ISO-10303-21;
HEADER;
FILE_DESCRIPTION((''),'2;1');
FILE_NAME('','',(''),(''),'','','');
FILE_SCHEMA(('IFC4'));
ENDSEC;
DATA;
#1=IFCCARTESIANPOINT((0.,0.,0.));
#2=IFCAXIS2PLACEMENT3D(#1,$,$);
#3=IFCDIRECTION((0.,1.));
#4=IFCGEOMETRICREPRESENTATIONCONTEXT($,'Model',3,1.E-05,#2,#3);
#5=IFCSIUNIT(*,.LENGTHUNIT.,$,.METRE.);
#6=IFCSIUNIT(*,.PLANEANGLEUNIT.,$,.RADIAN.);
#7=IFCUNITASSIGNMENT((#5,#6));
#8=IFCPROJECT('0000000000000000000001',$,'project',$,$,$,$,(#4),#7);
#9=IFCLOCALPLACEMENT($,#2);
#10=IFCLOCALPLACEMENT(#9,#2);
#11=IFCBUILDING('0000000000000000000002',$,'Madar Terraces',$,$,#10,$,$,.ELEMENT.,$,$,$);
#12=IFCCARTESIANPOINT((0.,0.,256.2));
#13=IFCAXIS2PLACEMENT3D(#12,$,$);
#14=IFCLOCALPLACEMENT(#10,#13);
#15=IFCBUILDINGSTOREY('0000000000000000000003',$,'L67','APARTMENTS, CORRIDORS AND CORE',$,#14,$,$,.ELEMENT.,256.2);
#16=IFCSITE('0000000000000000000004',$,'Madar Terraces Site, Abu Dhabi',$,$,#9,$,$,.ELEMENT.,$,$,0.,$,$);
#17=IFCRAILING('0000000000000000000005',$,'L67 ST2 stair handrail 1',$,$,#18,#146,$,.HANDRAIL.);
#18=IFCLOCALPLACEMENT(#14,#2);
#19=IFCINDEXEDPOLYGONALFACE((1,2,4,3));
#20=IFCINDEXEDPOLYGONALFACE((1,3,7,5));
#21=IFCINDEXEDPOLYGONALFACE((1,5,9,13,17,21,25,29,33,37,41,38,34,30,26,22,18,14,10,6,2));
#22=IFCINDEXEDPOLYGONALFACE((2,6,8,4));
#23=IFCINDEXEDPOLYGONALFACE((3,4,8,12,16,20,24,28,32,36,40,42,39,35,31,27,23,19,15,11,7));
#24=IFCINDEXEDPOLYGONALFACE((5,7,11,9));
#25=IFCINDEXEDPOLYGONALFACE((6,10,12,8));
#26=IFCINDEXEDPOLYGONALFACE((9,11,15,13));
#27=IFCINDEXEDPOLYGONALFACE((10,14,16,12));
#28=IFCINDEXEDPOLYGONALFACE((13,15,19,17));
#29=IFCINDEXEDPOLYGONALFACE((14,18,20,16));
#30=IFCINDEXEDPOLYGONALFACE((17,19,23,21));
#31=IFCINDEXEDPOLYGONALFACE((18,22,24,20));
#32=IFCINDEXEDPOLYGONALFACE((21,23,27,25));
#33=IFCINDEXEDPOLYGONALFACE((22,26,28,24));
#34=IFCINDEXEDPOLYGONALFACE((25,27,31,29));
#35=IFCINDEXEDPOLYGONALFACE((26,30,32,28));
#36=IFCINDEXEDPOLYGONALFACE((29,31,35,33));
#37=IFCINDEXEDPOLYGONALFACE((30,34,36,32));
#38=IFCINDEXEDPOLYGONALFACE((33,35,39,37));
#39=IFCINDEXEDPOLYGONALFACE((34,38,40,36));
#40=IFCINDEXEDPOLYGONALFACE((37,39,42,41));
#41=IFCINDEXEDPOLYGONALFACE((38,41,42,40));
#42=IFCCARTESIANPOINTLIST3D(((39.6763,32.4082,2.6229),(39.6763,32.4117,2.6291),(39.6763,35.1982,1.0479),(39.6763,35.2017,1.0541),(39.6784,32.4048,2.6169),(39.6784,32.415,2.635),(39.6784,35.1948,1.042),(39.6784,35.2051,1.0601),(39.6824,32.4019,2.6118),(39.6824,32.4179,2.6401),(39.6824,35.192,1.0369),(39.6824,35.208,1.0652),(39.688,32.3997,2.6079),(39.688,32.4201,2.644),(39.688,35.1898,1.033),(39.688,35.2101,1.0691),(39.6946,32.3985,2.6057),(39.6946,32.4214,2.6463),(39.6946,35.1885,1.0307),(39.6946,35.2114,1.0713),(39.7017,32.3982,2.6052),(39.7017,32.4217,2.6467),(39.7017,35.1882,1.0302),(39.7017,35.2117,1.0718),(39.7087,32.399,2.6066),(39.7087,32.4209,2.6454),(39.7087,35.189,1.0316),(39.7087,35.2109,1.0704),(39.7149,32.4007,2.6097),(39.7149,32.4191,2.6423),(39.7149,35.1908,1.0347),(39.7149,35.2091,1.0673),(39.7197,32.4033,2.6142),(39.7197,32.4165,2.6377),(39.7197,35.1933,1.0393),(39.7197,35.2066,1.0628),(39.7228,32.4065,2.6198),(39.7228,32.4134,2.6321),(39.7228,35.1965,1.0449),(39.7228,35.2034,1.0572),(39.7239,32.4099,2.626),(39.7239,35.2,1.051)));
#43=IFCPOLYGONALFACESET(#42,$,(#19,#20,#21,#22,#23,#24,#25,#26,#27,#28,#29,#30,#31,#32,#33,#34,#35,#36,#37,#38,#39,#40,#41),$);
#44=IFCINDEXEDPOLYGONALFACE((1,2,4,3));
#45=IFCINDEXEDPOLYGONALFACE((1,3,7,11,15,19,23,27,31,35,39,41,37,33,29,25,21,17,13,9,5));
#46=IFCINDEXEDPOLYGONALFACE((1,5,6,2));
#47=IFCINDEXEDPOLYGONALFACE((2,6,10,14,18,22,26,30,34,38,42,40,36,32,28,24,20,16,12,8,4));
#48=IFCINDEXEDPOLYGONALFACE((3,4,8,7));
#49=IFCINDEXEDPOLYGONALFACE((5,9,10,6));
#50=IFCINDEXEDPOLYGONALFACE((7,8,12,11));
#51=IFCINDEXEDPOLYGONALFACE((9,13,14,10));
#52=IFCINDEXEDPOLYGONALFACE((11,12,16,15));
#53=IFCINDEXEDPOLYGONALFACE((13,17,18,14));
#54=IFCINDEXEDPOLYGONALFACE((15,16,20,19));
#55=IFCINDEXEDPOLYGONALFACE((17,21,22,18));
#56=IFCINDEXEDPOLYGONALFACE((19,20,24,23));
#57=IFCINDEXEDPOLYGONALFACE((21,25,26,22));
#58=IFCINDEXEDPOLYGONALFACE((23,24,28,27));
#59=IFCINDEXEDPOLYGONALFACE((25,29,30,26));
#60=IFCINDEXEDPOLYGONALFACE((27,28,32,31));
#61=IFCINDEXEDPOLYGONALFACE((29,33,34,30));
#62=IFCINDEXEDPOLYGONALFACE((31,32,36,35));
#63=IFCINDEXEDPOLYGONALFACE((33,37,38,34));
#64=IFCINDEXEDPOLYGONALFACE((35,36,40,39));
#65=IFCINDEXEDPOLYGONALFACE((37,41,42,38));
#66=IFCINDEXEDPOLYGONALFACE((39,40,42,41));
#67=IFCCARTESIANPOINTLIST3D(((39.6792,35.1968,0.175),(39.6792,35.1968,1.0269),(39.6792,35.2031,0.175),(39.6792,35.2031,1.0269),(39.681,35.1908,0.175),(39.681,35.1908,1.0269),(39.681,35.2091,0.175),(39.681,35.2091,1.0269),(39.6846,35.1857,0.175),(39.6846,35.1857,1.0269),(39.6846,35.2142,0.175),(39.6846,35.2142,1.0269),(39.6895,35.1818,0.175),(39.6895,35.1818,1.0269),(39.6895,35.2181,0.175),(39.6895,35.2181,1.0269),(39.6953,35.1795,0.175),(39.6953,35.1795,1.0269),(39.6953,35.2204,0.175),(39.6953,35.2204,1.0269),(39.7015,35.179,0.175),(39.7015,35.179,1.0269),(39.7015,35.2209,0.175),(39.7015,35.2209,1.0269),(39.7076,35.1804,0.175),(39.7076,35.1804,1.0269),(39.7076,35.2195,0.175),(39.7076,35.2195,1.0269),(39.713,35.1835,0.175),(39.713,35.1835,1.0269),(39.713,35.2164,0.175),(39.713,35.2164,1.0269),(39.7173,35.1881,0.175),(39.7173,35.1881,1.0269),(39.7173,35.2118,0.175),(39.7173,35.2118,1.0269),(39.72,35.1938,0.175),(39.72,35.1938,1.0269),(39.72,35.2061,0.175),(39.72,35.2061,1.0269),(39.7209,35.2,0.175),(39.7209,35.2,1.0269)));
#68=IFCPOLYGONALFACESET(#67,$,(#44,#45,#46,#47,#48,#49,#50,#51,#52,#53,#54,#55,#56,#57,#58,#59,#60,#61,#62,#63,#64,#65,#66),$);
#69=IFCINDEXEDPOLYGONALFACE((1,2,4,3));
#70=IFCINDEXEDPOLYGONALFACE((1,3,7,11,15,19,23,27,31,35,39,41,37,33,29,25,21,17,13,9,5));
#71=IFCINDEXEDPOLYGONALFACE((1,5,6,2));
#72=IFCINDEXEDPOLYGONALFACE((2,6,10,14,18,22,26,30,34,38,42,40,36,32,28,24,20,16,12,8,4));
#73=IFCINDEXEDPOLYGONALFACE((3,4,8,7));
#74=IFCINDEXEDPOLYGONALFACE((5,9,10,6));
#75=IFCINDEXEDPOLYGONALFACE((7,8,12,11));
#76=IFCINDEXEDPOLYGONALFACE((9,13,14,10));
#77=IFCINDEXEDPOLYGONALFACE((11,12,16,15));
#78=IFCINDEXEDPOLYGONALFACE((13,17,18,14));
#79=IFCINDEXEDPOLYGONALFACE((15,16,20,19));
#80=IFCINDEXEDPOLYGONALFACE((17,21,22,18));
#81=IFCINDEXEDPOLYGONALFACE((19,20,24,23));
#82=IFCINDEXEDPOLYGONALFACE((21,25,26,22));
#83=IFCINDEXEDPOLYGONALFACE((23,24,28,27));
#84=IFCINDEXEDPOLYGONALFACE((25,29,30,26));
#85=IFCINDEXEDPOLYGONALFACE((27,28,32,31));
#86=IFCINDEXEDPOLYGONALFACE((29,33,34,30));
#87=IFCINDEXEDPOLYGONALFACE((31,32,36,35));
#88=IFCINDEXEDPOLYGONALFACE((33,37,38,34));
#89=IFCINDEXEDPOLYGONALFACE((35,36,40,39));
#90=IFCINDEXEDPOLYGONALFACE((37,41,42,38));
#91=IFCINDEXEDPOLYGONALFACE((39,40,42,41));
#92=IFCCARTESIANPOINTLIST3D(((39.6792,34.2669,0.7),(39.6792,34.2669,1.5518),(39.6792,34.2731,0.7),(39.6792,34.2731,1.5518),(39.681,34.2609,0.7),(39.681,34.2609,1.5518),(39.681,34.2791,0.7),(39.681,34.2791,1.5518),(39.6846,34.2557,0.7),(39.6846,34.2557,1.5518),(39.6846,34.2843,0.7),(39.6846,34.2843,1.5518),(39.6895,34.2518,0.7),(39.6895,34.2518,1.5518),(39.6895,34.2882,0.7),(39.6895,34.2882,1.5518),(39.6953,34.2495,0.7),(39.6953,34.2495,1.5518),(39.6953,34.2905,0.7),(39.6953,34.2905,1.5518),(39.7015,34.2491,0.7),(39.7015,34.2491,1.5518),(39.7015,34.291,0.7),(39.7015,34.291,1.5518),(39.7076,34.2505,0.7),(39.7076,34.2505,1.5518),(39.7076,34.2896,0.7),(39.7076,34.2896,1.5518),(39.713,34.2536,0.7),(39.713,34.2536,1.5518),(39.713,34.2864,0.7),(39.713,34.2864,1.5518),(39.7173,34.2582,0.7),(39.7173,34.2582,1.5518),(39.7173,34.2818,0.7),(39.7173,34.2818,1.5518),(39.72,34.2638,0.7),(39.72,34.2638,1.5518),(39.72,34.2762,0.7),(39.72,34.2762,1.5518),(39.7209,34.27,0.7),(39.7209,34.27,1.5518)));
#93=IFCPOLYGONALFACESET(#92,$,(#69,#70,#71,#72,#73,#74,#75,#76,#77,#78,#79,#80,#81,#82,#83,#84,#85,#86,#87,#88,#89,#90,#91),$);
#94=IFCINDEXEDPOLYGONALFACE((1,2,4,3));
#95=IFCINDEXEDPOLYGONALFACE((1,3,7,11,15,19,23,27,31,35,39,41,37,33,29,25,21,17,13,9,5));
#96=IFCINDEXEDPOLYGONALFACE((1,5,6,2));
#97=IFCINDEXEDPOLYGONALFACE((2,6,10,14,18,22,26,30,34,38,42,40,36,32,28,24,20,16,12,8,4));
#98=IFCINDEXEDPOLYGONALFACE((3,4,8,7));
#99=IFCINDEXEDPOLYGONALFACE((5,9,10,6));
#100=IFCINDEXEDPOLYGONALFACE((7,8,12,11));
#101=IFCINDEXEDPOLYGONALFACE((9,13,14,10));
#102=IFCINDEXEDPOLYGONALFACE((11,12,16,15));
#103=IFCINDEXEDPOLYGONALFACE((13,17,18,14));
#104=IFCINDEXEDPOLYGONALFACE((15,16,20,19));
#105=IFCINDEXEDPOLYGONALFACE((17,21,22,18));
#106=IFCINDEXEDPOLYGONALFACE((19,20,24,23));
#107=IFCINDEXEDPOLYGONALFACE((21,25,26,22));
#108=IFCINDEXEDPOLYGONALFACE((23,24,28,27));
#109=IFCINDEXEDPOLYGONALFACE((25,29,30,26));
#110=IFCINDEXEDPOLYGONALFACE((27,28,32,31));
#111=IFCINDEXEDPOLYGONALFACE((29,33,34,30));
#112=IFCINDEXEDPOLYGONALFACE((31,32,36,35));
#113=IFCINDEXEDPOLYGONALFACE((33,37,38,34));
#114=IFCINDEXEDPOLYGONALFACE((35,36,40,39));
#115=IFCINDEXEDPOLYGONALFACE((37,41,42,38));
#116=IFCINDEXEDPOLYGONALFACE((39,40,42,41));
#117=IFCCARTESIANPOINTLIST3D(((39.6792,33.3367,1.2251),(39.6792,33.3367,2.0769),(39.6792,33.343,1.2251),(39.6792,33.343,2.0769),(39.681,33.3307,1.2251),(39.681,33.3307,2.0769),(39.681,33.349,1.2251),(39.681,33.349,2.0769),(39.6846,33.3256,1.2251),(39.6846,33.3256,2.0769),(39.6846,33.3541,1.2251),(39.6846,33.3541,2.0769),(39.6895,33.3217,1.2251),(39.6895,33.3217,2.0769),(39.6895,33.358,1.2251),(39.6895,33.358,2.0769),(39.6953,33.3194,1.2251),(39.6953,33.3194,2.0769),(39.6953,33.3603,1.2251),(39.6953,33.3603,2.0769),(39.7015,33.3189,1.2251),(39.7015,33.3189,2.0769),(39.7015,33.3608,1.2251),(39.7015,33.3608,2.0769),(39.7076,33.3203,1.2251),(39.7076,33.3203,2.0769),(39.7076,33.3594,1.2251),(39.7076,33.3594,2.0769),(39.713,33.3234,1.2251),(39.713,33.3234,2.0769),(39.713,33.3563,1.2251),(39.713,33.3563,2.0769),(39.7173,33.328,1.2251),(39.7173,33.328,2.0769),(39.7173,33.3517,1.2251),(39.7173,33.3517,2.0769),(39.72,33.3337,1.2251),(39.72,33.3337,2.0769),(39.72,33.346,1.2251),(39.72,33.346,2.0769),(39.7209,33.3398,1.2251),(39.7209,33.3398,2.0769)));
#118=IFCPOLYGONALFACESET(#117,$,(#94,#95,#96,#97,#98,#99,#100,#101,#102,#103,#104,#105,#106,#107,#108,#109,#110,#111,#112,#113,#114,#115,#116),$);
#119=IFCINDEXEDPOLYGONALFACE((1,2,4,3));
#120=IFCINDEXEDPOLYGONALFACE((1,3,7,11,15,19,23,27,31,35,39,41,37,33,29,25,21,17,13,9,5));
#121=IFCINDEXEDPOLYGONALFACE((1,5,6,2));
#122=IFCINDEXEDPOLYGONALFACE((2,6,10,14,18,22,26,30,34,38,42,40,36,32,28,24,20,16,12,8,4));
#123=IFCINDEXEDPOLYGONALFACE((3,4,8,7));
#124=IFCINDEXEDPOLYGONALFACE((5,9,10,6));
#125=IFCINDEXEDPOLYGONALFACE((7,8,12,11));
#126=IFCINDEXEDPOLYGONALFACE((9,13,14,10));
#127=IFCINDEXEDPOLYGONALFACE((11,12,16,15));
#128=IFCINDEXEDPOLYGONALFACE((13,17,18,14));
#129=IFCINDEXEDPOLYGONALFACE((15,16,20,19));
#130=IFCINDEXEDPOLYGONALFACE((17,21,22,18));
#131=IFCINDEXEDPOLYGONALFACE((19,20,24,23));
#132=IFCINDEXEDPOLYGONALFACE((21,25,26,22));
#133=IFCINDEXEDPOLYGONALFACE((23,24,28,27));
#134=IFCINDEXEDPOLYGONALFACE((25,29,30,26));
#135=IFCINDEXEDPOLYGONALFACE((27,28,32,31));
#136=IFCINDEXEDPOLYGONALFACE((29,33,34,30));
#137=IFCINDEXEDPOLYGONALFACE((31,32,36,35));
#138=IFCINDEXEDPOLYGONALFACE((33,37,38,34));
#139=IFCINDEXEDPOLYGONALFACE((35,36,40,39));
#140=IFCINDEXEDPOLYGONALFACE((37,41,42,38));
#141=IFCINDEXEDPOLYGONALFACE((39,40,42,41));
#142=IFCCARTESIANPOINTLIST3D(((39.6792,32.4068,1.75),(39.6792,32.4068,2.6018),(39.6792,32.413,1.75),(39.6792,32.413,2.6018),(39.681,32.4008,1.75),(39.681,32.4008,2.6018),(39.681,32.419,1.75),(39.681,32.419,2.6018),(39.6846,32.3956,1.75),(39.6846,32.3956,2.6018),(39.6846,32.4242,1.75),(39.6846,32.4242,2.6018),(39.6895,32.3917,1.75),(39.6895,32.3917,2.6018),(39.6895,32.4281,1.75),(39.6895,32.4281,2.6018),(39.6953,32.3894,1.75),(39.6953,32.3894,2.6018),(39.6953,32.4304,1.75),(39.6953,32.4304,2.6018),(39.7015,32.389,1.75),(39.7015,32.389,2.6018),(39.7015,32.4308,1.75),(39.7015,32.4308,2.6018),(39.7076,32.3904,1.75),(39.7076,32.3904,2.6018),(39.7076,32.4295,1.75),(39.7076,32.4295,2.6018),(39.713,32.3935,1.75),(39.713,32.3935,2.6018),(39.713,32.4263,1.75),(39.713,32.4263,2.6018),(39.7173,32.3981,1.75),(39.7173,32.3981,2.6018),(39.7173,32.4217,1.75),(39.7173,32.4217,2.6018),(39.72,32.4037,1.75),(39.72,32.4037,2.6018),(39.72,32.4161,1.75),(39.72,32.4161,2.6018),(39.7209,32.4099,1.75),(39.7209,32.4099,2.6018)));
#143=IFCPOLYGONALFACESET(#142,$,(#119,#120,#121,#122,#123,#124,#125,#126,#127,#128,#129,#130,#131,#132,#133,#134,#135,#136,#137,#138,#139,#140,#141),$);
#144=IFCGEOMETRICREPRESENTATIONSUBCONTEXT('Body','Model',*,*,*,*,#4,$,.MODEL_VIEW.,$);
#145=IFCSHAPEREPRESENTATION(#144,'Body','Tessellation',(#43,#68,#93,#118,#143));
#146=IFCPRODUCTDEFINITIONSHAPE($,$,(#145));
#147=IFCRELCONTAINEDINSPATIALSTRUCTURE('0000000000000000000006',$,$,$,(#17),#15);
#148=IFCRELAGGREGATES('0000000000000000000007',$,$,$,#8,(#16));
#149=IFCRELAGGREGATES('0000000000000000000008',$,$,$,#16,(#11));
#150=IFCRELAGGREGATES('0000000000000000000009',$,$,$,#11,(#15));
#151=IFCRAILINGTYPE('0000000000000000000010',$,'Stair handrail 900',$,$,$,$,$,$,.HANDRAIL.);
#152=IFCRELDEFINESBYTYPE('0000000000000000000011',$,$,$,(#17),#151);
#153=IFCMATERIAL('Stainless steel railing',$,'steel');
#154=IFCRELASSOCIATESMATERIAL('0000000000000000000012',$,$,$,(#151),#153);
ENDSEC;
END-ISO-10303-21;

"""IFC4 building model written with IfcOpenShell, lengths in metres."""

from ifc_helpers import new_model, si_unit, direction, frame, origin, origin_2d, place, context, subcontext, project, spatial, circle, extrude, material, type_object, element, save


model = new_model("IFC4")

# Units and contexts
model_context = context("Model", 3, precision=1e-05, world=origin(), true_north=direction((0.0, 1.0)))
body_context = subcontext(model_context, "Body", "Model", "MODEL_VIEW")
ifc_project = project(units=[si_unit("LENGTHUNIT", "METRE"), si_unit("PLANEANGLEUNIT", "RADIAN")], contexts=[model_context])

# Site, building, storey
site_placement = place(None, origin())
site = spatial("IfcSite", under=ifc_project, at=site_placement, Name="Madar Terraces Site, Abu Dhabi", CompositionType="ELEMENT", RefElevation=0.0)
building_placement = place(site_placement, origin())
building = spatial("IfcBuilding", under=site, at=building_placement, Name="Madar Terraces", CompositionType="ELEMENT")
storey_placement = place(building_placement, frame((0.0, 0.0, 256.2)))
storey = spatial("IfcBuildingStorey", under=building, at=storey_placement, Name="L67", Description="APARTMENTS, CORRIDORS AND CORE", CompositionType="ELEMENT", Elevation=256.2)

# Railing
ifc_material_1 = material(Name="Stainless steel railing", Category="steel")
railing_type_1 = type_object("IfcRailingType", Name="Stair handrail 900", PredefinedType="HANDRAIL", material=ifc_material_1)
railing_1_placement = place(storey_placement, frame((39.7, 35.2, 0.175)))
element("IfcRailing", 1, at=railing_1_placement, inside=storey, type_object=railing_type_1, Name="L67 ST2 stair handrail 1", PredefinedType="HANDRAIL", context=body_context, shape_type="SweptSolid", body=[
    extrude(circle(Radius=0.0239, at=origin_2d()), frame((0.0, 0.0, 0.876), z_axis=(0.0, -0.870834, 0.491578), x_axis=(1.0, 0.0, 0.0)), (0.0, 0.0, 1.0), 3.2039),
    extrude(circle(Radius=0.021, at=origin_2d()), origin(), (0.0, 0.0, 1.0), 0.8518),
    extrude(circle(Radius=0.021, at=origin_2d()), frame((0.0, -0.9299, 0.5249)), (0.0, 0.0, 1.0), 0.8518),
    extrude(circle(Radius=0.021, at=origin_2d()), frame((0.0, -1.8601, 1.05)), (0.0, 0.0, 1.0), 0.8518),
    extrude(circle(Radius=0.021, at=origin_2d()), frame((0.0, -2.79, 1.575)), (0.0, 0.0, 1.0), 0.8518),
])

save(model, "model.ifc")
